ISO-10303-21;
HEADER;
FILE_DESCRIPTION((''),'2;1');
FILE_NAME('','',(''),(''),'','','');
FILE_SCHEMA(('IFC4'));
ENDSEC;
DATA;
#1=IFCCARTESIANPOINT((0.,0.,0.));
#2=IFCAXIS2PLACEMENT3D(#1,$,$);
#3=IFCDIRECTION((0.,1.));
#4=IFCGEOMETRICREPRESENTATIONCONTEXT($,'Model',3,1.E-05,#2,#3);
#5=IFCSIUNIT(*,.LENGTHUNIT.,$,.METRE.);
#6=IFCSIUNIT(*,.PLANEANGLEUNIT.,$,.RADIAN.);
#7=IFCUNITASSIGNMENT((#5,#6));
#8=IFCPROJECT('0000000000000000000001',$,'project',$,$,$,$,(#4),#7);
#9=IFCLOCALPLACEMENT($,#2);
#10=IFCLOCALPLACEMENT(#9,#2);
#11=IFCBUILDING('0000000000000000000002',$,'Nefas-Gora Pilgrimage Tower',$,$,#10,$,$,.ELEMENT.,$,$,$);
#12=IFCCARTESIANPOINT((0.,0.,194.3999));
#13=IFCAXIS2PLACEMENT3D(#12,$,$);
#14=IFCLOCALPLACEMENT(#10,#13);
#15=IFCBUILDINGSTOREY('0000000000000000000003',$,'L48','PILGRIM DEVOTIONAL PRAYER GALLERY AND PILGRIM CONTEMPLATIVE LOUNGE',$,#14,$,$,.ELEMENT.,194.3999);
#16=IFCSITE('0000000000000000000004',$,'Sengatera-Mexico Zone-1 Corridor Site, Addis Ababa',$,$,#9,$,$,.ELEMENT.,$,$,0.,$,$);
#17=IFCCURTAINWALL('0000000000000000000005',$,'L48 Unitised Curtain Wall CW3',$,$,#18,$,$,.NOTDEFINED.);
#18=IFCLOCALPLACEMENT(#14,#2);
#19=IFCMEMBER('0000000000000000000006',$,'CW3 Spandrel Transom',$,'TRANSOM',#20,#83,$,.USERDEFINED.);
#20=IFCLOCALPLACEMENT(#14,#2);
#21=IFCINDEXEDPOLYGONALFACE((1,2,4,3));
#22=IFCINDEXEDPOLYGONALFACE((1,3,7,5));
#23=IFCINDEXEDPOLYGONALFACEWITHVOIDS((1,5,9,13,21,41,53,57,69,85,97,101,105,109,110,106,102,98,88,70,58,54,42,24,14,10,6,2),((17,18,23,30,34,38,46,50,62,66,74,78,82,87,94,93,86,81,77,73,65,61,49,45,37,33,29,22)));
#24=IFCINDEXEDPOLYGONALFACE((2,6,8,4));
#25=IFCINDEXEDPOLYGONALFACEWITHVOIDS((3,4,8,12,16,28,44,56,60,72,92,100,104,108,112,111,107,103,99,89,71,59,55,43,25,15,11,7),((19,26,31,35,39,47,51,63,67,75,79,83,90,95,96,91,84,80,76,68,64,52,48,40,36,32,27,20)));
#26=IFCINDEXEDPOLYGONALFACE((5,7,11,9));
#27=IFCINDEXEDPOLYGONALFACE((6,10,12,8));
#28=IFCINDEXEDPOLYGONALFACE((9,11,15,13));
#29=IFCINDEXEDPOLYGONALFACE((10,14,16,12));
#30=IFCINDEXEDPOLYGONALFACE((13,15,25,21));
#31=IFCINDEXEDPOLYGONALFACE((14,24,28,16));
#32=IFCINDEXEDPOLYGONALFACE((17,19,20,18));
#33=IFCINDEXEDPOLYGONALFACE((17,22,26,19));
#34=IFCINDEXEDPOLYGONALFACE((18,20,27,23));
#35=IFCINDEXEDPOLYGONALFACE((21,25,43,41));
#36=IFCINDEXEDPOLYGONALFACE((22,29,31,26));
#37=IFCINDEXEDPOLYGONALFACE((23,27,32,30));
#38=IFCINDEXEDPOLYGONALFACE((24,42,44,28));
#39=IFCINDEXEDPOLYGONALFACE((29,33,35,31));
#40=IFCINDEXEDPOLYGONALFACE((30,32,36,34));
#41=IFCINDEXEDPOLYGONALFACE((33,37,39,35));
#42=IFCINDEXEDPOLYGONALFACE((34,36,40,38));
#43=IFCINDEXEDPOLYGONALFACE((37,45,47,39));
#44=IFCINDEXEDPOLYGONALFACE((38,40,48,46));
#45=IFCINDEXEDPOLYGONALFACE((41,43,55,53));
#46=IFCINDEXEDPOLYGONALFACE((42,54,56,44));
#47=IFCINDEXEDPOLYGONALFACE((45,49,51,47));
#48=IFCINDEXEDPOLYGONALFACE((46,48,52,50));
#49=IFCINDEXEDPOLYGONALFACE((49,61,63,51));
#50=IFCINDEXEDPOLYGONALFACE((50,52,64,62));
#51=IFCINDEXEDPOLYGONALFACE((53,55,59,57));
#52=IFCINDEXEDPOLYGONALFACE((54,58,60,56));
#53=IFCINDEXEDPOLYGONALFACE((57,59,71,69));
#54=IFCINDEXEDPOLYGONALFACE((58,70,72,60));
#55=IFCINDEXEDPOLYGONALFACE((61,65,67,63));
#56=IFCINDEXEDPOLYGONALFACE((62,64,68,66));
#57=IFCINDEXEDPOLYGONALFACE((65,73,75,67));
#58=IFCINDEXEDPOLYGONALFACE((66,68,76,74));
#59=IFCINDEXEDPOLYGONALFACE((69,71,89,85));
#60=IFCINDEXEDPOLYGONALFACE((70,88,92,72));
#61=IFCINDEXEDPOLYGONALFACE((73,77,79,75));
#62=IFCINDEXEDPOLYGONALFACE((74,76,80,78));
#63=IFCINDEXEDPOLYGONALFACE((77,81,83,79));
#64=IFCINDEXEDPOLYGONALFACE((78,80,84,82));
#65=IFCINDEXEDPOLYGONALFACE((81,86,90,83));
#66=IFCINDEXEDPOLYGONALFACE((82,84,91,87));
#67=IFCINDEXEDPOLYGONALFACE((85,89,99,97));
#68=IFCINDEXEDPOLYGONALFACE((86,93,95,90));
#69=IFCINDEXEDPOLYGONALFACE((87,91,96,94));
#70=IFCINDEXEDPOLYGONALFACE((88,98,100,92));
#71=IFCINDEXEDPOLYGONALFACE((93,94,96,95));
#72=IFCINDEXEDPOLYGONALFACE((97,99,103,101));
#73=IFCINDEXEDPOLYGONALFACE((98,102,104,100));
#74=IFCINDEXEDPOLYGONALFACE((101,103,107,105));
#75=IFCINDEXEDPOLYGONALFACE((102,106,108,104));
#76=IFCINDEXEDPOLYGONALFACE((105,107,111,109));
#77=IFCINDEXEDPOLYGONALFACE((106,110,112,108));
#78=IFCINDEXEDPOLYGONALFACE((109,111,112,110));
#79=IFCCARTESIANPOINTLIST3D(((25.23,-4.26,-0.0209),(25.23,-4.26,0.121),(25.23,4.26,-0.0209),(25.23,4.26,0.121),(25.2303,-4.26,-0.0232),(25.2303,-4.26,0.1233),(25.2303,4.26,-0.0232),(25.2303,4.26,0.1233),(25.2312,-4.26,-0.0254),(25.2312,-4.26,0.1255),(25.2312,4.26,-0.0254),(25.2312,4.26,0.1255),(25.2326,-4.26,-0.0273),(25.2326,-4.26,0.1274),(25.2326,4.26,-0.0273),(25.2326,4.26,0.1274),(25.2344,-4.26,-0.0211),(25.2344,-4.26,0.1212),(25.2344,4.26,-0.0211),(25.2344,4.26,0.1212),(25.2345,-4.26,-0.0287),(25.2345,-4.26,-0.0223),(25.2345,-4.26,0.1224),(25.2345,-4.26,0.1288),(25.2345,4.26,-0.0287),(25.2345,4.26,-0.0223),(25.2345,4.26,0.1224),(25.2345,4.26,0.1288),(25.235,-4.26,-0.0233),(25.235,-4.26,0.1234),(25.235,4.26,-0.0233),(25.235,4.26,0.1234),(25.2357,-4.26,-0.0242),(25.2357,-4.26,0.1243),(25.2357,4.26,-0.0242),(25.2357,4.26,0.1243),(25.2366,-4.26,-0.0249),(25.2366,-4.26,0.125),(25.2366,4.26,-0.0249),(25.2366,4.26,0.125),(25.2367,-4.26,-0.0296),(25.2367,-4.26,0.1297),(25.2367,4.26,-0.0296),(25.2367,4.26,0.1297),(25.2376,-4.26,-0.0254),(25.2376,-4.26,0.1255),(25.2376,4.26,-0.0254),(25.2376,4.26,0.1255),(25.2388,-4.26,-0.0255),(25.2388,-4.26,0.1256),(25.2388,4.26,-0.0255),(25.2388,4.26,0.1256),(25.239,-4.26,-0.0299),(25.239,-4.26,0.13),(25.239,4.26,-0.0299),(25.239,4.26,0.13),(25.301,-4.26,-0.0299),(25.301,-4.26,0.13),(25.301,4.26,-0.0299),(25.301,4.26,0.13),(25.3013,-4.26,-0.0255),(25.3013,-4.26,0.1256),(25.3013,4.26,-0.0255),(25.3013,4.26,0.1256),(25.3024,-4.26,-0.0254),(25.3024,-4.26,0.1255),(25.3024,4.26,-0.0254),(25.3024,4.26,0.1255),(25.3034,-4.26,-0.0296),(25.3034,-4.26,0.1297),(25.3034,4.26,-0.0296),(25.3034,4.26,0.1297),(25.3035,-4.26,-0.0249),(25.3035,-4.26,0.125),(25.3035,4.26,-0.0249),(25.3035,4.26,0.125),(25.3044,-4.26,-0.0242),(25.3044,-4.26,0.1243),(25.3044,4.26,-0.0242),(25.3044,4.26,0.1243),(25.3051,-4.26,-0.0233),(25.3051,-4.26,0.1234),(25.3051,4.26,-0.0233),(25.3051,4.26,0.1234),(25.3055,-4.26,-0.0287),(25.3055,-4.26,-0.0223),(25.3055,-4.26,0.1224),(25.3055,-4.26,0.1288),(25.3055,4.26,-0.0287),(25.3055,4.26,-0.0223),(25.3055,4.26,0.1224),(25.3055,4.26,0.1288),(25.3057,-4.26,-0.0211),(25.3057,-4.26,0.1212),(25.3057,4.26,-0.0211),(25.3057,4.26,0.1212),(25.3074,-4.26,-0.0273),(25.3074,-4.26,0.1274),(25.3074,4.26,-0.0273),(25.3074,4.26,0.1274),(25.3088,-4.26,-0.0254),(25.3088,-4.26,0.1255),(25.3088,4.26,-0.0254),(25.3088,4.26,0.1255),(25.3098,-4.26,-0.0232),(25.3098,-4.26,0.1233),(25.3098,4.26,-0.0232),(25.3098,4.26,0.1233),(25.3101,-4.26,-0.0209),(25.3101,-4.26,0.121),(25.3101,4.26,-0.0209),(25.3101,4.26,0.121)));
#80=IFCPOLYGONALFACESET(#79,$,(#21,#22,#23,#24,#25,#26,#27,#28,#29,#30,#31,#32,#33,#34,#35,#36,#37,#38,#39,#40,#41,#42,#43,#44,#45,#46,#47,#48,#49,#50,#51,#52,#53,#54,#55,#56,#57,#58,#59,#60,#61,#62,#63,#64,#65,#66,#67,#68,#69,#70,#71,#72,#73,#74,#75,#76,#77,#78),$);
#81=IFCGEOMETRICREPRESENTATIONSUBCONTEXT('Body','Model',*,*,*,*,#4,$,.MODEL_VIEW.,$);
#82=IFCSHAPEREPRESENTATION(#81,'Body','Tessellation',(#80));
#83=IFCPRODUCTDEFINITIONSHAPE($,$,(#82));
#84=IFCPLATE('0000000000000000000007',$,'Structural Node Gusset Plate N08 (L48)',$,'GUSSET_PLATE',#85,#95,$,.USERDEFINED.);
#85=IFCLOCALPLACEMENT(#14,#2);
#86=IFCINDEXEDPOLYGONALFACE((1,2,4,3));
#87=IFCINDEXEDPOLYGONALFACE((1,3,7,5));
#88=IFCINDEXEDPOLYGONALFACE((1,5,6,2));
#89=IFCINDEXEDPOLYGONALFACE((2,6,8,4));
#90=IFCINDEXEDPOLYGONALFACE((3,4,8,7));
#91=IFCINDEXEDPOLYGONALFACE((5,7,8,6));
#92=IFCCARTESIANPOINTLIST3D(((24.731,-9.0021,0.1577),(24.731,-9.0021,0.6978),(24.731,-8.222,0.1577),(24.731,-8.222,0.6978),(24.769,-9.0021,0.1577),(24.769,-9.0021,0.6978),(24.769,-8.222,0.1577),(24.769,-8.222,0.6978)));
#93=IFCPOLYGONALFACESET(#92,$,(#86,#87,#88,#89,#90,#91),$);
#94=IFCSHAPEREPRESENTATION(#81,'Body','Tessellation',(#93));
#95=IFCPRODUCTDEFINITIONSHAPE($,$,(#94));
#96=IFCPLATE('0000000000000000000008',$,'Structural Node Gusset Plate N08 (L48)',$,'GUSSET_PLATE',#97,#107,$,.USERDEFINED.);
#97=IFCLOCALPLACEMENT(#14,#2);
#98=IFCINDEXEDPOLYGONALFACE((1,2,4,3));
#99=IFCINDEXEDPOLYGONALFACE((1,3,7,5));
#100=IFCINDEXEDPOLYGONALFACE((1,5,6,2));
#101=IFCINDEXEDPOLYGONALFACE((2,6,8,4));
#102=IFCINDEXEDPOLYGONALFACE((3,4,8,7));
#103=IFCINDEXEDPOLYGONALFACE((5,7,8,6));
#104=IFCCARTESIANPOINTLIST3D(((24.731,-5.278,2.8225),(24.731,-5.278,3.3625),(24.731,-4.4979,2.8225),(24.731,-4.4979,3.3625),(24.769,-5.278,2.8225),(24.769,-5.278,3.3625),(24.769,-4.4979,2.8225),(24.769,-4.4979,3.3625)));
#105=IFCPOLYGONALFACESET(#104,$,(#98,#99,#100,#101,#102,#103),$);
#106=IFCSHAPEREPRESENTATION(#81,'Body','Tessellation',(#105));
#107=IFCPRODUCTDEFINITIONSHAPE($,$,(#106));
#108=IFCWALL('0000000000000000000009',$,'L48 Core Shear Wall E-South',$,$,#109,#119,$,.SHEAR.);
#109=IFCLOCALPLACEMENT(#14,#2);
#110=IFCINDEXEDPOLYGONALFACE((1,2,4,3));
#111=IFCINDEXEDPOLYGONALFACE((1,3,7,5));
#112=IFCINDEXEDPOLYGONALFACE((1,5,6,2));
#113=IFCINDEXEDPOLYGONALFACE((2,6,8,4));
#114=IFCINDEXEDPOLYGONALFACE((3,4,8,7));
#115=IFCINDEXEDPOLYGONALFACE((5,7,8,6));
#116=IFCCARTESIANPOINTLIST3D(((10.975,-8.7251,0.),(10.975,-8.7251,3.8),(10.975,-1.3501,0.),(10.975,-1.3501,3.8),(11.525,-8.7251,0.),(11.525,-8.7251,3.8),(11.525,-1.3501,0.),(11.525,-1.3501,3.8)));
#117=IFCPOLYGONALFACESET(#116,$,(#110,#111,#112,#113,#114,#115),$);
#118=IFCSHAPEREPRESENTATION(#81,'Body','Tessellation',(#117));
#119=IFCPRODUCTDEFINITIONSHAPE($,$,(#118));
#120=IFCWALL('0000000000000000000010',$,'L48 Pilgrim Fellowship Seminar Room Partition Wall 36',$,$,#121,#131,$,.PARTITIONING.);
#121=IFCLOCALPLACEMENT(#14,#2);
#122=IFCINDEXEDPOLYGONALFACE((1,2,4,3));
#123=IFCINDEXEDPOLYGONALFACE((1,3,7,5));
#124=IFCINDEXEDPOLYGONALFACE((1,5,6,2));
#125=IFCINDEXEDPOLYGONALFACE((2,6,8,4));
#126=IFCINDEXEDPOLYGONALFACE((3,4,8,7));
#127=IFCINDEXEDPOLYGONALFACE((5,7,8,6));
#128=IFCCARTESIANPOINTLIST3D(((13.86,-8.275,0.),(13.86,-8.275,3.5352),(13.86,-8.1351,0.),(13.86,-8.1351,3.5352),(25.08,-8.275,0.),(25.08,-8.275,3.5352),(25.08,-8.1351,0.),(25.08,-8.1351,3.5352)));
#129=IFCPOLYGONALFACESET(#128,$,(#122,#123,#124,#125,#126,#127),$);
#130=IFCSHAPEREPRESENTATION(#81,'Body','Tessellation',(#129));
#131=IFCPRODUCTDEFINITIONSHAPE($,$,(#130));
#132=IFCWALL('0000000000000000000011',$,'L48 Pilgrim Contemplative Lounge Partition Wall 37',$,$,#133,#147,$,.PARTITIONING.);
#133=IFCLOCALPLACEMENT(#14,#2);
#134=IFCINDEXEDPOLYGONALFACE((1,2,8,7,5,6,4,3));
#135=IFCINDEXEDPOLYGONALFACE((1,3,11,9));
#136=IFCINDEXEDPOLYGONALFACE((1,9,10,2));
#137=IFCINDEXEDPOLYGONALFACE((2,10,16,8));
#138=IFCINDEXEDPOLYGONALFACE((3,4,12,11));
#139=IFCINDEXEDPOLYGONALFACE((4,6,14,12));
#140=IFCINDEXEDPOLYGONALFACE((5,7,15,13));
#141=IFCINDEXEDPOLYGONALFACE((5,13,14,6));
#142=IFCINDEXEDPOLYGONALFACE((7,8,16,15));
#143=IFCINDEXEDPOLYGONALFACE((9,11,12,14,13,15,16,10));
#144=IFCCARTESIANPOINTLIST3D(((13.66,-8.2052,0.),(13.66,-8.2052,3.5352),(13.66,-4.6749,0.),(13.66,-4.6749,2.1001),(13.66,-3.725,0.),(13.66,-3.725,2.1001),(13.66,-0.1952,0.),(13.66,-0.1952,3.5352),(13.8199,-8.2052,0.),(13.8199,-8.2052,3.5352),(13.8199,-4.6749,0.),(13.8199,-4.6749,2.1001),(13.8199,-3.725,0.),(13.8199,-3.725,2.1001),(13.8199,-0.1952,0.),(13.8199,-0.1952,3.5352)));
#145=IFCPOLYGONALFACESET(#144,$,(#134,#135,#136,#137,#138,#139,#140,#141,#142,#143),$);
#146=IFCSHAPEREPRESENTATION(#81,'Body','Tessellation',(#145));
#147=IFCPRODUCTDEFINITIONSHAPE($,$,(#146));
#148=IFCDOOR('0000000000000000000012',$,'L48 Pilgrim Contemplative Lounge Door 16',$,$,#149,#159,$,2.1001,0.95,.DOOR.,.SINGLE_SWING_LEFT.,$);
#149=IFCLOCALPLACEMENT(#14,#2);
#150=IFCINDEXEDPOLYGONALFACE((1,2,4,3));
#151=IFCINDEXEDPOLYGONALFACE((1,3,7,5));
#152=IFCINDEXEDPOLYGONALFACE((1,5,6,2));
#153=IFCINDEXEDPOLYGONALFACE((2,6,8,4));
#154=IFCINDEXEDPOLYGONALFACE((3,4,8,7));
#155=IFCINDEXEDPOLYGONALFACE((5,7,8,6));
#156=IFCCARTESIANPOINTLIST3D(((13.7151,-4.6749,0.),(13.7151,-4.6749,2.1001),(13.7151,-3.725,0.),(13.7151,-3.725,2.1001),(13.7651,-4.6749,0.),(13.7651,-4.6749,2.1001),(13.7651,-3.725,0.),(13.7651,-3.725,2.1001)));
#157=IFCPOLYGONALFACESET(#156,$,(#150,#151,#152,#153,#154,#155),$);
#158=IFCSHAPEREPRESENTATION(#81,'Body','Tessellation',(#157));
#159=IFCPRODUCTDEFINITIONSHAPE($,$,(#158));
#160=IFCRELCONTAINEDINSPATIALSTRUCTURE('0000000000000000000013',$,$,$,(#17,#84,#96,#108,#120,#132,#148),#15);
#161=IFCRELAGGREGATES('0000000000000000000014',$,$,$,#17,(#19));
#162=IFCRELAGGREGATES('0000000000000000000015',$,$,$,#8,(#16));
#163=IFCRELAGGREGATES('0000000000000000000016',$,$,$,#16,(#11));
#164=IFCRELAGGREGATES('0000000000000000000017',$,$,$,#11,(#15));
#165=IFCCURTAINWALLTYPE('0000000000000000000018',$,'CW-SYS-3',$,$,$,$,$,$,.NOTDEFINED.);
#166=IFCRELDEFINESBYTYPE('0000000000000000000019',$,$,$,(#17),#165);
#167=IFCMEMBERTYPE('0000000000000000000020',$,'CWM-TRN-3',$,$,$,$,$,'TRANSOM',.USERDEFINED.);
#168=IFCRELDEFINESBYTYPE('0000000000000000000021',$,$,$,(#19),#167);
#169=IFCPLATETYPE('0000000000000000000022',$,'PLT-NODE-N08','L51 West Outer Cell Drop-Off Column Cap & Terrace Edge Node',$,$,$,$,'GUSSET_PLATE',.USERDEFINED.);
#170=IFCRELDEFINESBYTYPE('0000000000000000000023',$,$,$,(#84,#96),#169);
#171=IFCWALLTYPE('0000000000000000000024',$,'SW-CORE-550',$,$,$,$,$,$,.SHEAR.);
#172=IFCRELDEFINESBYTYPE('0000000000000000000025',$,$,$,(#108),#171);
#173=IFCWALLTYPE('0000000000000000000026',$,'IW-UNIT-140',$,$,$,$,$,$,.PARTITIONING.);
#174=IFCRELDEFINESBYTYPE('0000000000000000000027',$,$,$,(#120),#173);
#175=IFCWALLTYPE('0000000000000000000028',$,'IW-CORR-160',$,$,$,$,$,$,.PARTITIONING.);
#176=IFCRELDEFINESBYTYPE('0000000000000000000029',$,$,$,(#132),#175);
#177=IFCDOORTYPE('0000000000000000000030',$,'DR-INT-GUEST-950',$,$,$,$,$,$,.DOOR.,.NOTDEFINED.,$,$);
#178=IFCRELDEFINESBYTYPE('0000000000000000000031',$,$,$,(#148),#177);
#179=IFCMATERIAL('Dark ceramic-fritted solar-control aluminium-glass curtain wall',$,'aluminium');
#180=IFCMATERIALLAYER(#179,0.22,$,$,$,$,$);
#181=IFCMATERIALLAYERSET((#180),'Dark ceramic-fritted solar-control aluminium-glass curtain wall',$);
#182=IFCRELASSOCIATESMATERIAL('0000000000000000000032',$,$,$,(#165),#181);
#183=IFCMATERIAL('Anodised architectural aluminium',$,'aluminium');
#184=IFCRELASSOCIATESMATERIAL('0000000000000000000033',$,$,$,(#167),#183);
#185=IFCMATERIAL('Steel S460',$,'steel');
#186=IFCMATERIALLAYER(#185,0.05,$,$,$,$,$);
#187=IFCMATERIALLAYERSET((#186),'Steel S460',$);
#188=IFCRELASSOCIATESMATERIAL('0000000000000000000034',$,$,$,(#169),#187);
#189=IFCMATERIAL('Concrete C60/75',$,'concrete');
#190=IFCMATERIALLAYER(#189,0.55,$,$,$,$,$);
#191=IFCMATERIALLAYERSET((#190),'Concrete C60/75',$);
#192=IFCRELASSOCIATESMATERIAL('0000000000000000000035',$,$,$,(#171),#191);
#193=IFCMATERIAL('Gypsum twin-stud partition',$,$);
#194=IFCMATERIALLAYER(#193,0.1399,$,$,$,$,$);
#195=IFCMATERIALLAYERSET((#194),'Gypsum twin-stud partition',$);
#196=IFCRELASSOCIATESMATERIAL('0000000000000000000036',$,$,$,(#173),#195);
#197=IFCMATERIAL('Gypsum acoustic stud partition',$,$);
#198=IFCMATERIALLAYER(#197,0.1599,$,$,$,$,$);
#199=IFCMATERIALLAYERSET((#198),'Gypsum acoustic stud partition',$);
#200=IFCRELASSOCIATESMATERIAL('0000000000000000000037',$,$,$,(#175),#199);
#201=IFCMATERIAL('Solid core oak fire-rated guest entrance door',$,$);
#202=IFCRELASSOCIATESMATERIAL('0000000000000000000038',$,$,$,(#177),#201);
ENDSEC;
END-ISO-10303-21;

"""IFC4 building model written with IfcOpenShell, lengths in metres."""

from ifc_helpers import new_model, si_unit, direction, frame, frame_2d, origin, origin_2d, place, context, subcontext, project, spatial, rectangle, hollow_rectangle, extrude, source, transform, mapped, material, layer, layer_set, material_profile, profile_set, type_object, element, fill, aggregate, save


model = new_model("IFC4")

# Units and contexts
model_context = context("Model", 3, precision=1e-05, world=origin(), true_north=direction((0.0, 1.0)))
body_context = subcontext(model_context, "Body", "Model", "MODEL_VIEW")
ifc_project = project(units=[si_unit("LENGTHUNIT", "METRE"), si_unit("PLANEANGLEUNIT", "RADIAN")], contexts=[model_context])

# Site, building, storey
site_placement = place(None, origin())
site = spatial("IfcSite", under=ifc_project, at=site_placement, Name="Sengatera-Mexico Zone-1 Corridor Site, Addis Ababa", CompositionType="ELEMENT", RefElevation=0.0)
building_placement = place(site_placement, origin())
building = spatial("IfcBuilding", under=site, at=building_placement, Name="Nefas-Gora Pilgrimage Tower", CompositionType="ELEMENT")
storey_placement = place(building_placement, frame((0.0, 0.0, 194.3999)))
storey = spatial("IfcBuildingStorey", under=building, at=storey_placement, Name="L48", Description="PILGRIM DEVOTIONAL PRAYER GALLERY AND PILGRIM CONTEMPLATIVE LOUNGE", CompositionType="ELEMENT", Elevation=194.3999)

# Shared definitions
ifc_material_1 = material(Name="Steel S460", Category="steel")

# Shared definitions
ifc_material_2 = material(Name="Concrete C60/75", Category="concrete")

# Curtain wall, member
ifc_material_3 = material(Name="Dark ceramic-fritted solar-control aluminium-glass curtain wall", Category="aluminium")
ifc_layer_1 = layer(ifc_material_3, 0.22)
ifc_layer_set_1 = layer_set([ifc_layer_1], Name="Dark ceramic-fritted solar-control aluminium-glass curtain wall")
curtain_wall_type = type_object("IfcCurtainWallType", Name="CW-SYS-3", PredefinedType="NOTDEFINED", material=ifc_layer_set_1)
curtain_wall_placement = place(storey_placement, origin())
curtain_wall = element("IfcCurtainWall", 1, at=curtain_wall_placement, inside=storey, type_object=curtain_wall_type, Name="L48 Unitised Curtain Wall CW3", PredefinedType="NOTDEFINED")
ifc_material_4 = material(Name="Anodised architectural aluminium", Category="aluminium")
ifc_material_profile_1 = material_profile(ifc_material_4, hollow_rectangle(XDim=0.0801, YDim=0.1599, WallThickness=0.0044, InnerFilletRadius=0.0044, OuterFilletRadius=0.009, at=origin_2d()), Name="ALU TRANSOM 80x160")
ifc_profile_set_1 = profile_set([ifc_material_profile_1], Name="Anodised architectural aluminium")
member_type_1 = type_object("IfcMemberType", Name="CWM-TRN-3", ElementType="TRANSOM", PredefinedType="USERDEFINED", material=ifc_profile_set_1)
shared_shape_1 = source(origin(), body_context, "Body", "SweptSolid", [
    extrude(hollow_rectangle(XDim=0.0801, YDim=0.1599, WallThickness=0.0044, InnerFilletRadius=0.0044, OuterFilletRadius=0.009, at=origin_2d()), origin(), (0.0, 0.0, 1.0), 8.52),
])
member_1_placement = place(storey_placement, frame((25.27, -4.26, 0.05), z_axis=(0.0, 1.0, 0.0), x_axis=(-1.0, 0.0, 0.0)))
member_1 = element("IfcMember", 2, at=member_1_placement, type_object=member_type_1, Name="CW3 Spandrel Transom", ObjectType="TRANSOM", PredefinedType="USERDEFINED", context=body_context, shape_type="MappedRepresentation", body=[
    mapped(shared_shape_1, transform((0.0, 0.0, 0.0), x_axis=(1.0, 0.0, 0.0), y_axis=(0.0, 1.0, 0.0), z_axis=(0.0, 0.0, 1.0), scale=1.0)),
])
aggregate(curtain_wall, [member_1])

# Plates
ifc_layer_2 = layer(ifc_material_1, 0.05)
ifc_layer_set_2 = layer_set([ifc_layer_2], Name="Steel S460")
plate_type = type_object("IfcPlateType", Name="PLT-NODE-N08", Description="L51 West Outer Cell Drop-Off Column Cap & Terrace Edge Node", ElementType="GUSSET_PLATE", PredefinedType="USERDEFINED", material=ifc_layer_set_2)
shared_shape_2 = source(origin(), body_context, "Body", "SweptSolid", [
    extrude(rectangle(XDim=0.78, YDim=0.0381, at=origin_2d()), origin(), (0.0, 0.0, 1.0), 0.54),
])
for number, where, z_axis, x_axis, name in (
    (3, (24.75, -8.6121, 0.1577), (0.0, 0.0, 1.0), (0.0, 1.0, 0.0), "Structural Node Gusset Plate N08 (L48)"),
    (4, (24.75, -4.8879, 2.8225), (0.0, 0.0, 1.0), (0.0, 1.0, 0.0), "Structural Node Gusset Plate N08 (L48)"),
):
    element("IfcPlate", number, at=place(storey_placement, frame(where, z_axis=z_axis, x_axis=x_axis)), inside=storey, type_object=plate_type, Name=name, ObjectType="GUSSET_PLATE", PredefinedType="USERDEFINED", context=body_context, shape_type="MappedRepresentation", body=[
        mapped(shared_shape_2, transform((0.0, 0.0, 0.0), x_axis=(1.0, 0.0, 0.0), y_axis=(0.0, 1.0, 0.0), z_axis=(0.0, 0.0, 1.0), scale=1.0)),
    ])

# Wall
ifc_layer_3 = layer(ifc_material_2, 0.55)
ifc_layer_set_3 = layer_set([ifc_layer_3], Name="Concrete C60/75")
wall_type_1 = type_object("IfcWallType", Name="SW-CORE-550", PredefinedType="SHEAR", material=ifc_layer_set_3)
shared_shape_3 = source(origin(), body_context, "Body", "SweptSolid", [
    extrude(rectangle(XDim=7.375, YDim=0.55, at=frame_2d((3.6875, 0.0))), origin(), (0.0, 0.0, 1.0), 3.8),
])
wall_1_placement = place(storey_placement, frame((11.25, -8.7251, 0.0), z_axis=(0.0, 0.0, 1.0), x_axis=(0.0, 1.0, 0.0)))
element("IfcWall", 5, at=wall_1_placement, inside=storey, type_object=wall_type_1, Name="L48 Core Shear Wall E-South", PredefinedType="SHEAR", context=body_context, shape_type="MappedRepresentation", body=[
    mapped(shared_shape_3, transform((0.0, 0.0, 0.0), x_axis=(1.0, 0.0, 0.0), y_axis=(0.0, 1.0, 0.0), z_axis=(0.0, 0.0, 1.0), scale=1.0)),
])

# Wall
ifc_material_5 = material(Name="Gypsum twin-stud partition")
ifc_layer_4 = layer(ifc_material_5, 0.1399)
ifc_layer_set_4 = layer_set([ifc_layer_4], Name="Gypsum twin-stud partition")
wall_type_2 = type_object("IfcWallType", Name="IW-UNIT-140", PredefinedType="PARTITIONING", material=ifc_layer_set_4)
shared_shape_4 = source(origin(), body_context, "Body", "SweptSolid", [
    extrude(rectangle(XDim=11.22, YDim=0.1399, at=frame_2d((5.6099, 0.0))), origin(), (0.0, 0.0, 1.0), 3.5352),
])
wall_2_placement = place(storey_placement, frame((13.8601, -8.2051, 0.0), z_axis=(0.0, 0.0, 1.0), x_axis=(1.0, 0.0, 0.0)))
element("IfcWall", 6, at=wall_2_placement, inside=storey, type_object=wall_type_2, Name="L48 Pilgrim Fellowship Seminar Room Partition Wall 36", PredefinedType="PARTITIONING", context=body_context, shape_type="MappedRepresentation", body=[
    mapped(shared_shape_4, transform((0.0, 0.0, 0.0), x_axis=(1.0, 0.0, 0.0), y_axis=(0.0, 1.0, 0.0), z_axis=(0.0, 0.0, 1.0), scale=1.0)),
])

# Wall, opening, door
ifc_material_6 = material(Name="Gypsum acoustic stud partition")
ifc_layer_5 = layer(ifc_material_6, 0.1599)
ifc_layer_set_5 = layer_set([ifc_layer_5], Name="Gypsum acoustic stud partition")
wall_type_3 = type_object("IfcWallType", Name="IW-CORR-160", PredefinedType="PARTITIONING", material=ifc_layer_set_5)
shared_shape_5 = source(origin(), body_context, "Body", "SweptSolid", [
    extrude(rectangle(XDim=8.01, YDim=0.1599, at=frame_2d((4.0049, 0.0))), origin(), (0.0, 0.0, 1.0), 3.5352),
])
wall_3_placement = place(storey_placement, frame((13.74, -8.2051, 0.0), z_axis=(0.0, 0.0, 1.0), x_axis=(0.0, 1.0, 0.0)))
wall_3 = element("IfcWall", 7, at=wall_3_placement, inside=storey, type_object=wall_type_3, Name="L48 Pilgrim Contemplative Lounge Partition Wall 37", PredefinedType="PARTITIONING", context=body_context, shape_type="MappedRepresentation", body=[
    mapped(shared_shape_5, transform((0.0, 0.0, 0.0), x_axis=(1.0, 0.0, 0.0), y_axis=(0.0, 1.0, 0.0), z_axis=(0.0, 0.0, 1.0), scale=1.0)),
])
opening_1_placement = place(wall_3_placement, frame((3.53, 0.0, 0.0)))
opening_1 = element("IfcOpeningElement", 8, at=opening_1_placement, cuts=wall_3, PredefinedType="OPENING", context=body_context, shape_type="SweptSolid", body=[
    extrude(rectangle(XDim=0.95, YDim=2.1001, at=frame_2d((0.4751, 1.05))), frame((0.0, 0.0898, 0.0), z_axis=(0.0, -1.0, 0.0), x_axis=(1.0, 0.0, 0.0)), (0.0, 0.0, 1.0), 0.1799),
])
ifc_material_7 = material(Name="Solid core oak fire-rated guest entrance door")
door_type_1 = type_object("IfcDoorType", Name="DR-INT-GUEST-950", OperationType="NOTDEFINED", PredefinedType="DOOR", material=ifc_material_7)
shared_shape_6 = source(origin(), body_context, "Body", "SweptSolid", [
    extrude(rectangle(XDim=0.95, YDim=2.1001, at=frame_2d((0.4751, 1.05))), frame((0.0, 0.0249, 0.0), z_axis=(0.0, -1.0, 0.0), x_axis=(1.0, 0.0, 0.0)), (0.0, 0.0, 1.0), 0.05),
])
door_1_placement = place(opening_1_placement, origin())
door_1 = element("IfcDoor", 9, at=door_1_placement, inside=storey, type_object=door_type_1, Name="L48 Pilgrim Contemplative Lounge Door 16", OperationType="SINGLE_SWING_LEFT", OverallHeight=2.1001, OverallWidth=0.95, PredefinedType="DOOR", context=body_context, shape_type="MappedRepresentation", body=[
    mapped(shared_shape_6, transform((0.0, 0.0, 0.0), x_axis=(1.0, 0.0, 0.0), y_axis=(0.0, 1.0, 0.0), z_axis=(0.0, 0.0, 1.0), scale=1.0)),
])
fill(opening_1, door_1)

save(model, "model.ifc")
